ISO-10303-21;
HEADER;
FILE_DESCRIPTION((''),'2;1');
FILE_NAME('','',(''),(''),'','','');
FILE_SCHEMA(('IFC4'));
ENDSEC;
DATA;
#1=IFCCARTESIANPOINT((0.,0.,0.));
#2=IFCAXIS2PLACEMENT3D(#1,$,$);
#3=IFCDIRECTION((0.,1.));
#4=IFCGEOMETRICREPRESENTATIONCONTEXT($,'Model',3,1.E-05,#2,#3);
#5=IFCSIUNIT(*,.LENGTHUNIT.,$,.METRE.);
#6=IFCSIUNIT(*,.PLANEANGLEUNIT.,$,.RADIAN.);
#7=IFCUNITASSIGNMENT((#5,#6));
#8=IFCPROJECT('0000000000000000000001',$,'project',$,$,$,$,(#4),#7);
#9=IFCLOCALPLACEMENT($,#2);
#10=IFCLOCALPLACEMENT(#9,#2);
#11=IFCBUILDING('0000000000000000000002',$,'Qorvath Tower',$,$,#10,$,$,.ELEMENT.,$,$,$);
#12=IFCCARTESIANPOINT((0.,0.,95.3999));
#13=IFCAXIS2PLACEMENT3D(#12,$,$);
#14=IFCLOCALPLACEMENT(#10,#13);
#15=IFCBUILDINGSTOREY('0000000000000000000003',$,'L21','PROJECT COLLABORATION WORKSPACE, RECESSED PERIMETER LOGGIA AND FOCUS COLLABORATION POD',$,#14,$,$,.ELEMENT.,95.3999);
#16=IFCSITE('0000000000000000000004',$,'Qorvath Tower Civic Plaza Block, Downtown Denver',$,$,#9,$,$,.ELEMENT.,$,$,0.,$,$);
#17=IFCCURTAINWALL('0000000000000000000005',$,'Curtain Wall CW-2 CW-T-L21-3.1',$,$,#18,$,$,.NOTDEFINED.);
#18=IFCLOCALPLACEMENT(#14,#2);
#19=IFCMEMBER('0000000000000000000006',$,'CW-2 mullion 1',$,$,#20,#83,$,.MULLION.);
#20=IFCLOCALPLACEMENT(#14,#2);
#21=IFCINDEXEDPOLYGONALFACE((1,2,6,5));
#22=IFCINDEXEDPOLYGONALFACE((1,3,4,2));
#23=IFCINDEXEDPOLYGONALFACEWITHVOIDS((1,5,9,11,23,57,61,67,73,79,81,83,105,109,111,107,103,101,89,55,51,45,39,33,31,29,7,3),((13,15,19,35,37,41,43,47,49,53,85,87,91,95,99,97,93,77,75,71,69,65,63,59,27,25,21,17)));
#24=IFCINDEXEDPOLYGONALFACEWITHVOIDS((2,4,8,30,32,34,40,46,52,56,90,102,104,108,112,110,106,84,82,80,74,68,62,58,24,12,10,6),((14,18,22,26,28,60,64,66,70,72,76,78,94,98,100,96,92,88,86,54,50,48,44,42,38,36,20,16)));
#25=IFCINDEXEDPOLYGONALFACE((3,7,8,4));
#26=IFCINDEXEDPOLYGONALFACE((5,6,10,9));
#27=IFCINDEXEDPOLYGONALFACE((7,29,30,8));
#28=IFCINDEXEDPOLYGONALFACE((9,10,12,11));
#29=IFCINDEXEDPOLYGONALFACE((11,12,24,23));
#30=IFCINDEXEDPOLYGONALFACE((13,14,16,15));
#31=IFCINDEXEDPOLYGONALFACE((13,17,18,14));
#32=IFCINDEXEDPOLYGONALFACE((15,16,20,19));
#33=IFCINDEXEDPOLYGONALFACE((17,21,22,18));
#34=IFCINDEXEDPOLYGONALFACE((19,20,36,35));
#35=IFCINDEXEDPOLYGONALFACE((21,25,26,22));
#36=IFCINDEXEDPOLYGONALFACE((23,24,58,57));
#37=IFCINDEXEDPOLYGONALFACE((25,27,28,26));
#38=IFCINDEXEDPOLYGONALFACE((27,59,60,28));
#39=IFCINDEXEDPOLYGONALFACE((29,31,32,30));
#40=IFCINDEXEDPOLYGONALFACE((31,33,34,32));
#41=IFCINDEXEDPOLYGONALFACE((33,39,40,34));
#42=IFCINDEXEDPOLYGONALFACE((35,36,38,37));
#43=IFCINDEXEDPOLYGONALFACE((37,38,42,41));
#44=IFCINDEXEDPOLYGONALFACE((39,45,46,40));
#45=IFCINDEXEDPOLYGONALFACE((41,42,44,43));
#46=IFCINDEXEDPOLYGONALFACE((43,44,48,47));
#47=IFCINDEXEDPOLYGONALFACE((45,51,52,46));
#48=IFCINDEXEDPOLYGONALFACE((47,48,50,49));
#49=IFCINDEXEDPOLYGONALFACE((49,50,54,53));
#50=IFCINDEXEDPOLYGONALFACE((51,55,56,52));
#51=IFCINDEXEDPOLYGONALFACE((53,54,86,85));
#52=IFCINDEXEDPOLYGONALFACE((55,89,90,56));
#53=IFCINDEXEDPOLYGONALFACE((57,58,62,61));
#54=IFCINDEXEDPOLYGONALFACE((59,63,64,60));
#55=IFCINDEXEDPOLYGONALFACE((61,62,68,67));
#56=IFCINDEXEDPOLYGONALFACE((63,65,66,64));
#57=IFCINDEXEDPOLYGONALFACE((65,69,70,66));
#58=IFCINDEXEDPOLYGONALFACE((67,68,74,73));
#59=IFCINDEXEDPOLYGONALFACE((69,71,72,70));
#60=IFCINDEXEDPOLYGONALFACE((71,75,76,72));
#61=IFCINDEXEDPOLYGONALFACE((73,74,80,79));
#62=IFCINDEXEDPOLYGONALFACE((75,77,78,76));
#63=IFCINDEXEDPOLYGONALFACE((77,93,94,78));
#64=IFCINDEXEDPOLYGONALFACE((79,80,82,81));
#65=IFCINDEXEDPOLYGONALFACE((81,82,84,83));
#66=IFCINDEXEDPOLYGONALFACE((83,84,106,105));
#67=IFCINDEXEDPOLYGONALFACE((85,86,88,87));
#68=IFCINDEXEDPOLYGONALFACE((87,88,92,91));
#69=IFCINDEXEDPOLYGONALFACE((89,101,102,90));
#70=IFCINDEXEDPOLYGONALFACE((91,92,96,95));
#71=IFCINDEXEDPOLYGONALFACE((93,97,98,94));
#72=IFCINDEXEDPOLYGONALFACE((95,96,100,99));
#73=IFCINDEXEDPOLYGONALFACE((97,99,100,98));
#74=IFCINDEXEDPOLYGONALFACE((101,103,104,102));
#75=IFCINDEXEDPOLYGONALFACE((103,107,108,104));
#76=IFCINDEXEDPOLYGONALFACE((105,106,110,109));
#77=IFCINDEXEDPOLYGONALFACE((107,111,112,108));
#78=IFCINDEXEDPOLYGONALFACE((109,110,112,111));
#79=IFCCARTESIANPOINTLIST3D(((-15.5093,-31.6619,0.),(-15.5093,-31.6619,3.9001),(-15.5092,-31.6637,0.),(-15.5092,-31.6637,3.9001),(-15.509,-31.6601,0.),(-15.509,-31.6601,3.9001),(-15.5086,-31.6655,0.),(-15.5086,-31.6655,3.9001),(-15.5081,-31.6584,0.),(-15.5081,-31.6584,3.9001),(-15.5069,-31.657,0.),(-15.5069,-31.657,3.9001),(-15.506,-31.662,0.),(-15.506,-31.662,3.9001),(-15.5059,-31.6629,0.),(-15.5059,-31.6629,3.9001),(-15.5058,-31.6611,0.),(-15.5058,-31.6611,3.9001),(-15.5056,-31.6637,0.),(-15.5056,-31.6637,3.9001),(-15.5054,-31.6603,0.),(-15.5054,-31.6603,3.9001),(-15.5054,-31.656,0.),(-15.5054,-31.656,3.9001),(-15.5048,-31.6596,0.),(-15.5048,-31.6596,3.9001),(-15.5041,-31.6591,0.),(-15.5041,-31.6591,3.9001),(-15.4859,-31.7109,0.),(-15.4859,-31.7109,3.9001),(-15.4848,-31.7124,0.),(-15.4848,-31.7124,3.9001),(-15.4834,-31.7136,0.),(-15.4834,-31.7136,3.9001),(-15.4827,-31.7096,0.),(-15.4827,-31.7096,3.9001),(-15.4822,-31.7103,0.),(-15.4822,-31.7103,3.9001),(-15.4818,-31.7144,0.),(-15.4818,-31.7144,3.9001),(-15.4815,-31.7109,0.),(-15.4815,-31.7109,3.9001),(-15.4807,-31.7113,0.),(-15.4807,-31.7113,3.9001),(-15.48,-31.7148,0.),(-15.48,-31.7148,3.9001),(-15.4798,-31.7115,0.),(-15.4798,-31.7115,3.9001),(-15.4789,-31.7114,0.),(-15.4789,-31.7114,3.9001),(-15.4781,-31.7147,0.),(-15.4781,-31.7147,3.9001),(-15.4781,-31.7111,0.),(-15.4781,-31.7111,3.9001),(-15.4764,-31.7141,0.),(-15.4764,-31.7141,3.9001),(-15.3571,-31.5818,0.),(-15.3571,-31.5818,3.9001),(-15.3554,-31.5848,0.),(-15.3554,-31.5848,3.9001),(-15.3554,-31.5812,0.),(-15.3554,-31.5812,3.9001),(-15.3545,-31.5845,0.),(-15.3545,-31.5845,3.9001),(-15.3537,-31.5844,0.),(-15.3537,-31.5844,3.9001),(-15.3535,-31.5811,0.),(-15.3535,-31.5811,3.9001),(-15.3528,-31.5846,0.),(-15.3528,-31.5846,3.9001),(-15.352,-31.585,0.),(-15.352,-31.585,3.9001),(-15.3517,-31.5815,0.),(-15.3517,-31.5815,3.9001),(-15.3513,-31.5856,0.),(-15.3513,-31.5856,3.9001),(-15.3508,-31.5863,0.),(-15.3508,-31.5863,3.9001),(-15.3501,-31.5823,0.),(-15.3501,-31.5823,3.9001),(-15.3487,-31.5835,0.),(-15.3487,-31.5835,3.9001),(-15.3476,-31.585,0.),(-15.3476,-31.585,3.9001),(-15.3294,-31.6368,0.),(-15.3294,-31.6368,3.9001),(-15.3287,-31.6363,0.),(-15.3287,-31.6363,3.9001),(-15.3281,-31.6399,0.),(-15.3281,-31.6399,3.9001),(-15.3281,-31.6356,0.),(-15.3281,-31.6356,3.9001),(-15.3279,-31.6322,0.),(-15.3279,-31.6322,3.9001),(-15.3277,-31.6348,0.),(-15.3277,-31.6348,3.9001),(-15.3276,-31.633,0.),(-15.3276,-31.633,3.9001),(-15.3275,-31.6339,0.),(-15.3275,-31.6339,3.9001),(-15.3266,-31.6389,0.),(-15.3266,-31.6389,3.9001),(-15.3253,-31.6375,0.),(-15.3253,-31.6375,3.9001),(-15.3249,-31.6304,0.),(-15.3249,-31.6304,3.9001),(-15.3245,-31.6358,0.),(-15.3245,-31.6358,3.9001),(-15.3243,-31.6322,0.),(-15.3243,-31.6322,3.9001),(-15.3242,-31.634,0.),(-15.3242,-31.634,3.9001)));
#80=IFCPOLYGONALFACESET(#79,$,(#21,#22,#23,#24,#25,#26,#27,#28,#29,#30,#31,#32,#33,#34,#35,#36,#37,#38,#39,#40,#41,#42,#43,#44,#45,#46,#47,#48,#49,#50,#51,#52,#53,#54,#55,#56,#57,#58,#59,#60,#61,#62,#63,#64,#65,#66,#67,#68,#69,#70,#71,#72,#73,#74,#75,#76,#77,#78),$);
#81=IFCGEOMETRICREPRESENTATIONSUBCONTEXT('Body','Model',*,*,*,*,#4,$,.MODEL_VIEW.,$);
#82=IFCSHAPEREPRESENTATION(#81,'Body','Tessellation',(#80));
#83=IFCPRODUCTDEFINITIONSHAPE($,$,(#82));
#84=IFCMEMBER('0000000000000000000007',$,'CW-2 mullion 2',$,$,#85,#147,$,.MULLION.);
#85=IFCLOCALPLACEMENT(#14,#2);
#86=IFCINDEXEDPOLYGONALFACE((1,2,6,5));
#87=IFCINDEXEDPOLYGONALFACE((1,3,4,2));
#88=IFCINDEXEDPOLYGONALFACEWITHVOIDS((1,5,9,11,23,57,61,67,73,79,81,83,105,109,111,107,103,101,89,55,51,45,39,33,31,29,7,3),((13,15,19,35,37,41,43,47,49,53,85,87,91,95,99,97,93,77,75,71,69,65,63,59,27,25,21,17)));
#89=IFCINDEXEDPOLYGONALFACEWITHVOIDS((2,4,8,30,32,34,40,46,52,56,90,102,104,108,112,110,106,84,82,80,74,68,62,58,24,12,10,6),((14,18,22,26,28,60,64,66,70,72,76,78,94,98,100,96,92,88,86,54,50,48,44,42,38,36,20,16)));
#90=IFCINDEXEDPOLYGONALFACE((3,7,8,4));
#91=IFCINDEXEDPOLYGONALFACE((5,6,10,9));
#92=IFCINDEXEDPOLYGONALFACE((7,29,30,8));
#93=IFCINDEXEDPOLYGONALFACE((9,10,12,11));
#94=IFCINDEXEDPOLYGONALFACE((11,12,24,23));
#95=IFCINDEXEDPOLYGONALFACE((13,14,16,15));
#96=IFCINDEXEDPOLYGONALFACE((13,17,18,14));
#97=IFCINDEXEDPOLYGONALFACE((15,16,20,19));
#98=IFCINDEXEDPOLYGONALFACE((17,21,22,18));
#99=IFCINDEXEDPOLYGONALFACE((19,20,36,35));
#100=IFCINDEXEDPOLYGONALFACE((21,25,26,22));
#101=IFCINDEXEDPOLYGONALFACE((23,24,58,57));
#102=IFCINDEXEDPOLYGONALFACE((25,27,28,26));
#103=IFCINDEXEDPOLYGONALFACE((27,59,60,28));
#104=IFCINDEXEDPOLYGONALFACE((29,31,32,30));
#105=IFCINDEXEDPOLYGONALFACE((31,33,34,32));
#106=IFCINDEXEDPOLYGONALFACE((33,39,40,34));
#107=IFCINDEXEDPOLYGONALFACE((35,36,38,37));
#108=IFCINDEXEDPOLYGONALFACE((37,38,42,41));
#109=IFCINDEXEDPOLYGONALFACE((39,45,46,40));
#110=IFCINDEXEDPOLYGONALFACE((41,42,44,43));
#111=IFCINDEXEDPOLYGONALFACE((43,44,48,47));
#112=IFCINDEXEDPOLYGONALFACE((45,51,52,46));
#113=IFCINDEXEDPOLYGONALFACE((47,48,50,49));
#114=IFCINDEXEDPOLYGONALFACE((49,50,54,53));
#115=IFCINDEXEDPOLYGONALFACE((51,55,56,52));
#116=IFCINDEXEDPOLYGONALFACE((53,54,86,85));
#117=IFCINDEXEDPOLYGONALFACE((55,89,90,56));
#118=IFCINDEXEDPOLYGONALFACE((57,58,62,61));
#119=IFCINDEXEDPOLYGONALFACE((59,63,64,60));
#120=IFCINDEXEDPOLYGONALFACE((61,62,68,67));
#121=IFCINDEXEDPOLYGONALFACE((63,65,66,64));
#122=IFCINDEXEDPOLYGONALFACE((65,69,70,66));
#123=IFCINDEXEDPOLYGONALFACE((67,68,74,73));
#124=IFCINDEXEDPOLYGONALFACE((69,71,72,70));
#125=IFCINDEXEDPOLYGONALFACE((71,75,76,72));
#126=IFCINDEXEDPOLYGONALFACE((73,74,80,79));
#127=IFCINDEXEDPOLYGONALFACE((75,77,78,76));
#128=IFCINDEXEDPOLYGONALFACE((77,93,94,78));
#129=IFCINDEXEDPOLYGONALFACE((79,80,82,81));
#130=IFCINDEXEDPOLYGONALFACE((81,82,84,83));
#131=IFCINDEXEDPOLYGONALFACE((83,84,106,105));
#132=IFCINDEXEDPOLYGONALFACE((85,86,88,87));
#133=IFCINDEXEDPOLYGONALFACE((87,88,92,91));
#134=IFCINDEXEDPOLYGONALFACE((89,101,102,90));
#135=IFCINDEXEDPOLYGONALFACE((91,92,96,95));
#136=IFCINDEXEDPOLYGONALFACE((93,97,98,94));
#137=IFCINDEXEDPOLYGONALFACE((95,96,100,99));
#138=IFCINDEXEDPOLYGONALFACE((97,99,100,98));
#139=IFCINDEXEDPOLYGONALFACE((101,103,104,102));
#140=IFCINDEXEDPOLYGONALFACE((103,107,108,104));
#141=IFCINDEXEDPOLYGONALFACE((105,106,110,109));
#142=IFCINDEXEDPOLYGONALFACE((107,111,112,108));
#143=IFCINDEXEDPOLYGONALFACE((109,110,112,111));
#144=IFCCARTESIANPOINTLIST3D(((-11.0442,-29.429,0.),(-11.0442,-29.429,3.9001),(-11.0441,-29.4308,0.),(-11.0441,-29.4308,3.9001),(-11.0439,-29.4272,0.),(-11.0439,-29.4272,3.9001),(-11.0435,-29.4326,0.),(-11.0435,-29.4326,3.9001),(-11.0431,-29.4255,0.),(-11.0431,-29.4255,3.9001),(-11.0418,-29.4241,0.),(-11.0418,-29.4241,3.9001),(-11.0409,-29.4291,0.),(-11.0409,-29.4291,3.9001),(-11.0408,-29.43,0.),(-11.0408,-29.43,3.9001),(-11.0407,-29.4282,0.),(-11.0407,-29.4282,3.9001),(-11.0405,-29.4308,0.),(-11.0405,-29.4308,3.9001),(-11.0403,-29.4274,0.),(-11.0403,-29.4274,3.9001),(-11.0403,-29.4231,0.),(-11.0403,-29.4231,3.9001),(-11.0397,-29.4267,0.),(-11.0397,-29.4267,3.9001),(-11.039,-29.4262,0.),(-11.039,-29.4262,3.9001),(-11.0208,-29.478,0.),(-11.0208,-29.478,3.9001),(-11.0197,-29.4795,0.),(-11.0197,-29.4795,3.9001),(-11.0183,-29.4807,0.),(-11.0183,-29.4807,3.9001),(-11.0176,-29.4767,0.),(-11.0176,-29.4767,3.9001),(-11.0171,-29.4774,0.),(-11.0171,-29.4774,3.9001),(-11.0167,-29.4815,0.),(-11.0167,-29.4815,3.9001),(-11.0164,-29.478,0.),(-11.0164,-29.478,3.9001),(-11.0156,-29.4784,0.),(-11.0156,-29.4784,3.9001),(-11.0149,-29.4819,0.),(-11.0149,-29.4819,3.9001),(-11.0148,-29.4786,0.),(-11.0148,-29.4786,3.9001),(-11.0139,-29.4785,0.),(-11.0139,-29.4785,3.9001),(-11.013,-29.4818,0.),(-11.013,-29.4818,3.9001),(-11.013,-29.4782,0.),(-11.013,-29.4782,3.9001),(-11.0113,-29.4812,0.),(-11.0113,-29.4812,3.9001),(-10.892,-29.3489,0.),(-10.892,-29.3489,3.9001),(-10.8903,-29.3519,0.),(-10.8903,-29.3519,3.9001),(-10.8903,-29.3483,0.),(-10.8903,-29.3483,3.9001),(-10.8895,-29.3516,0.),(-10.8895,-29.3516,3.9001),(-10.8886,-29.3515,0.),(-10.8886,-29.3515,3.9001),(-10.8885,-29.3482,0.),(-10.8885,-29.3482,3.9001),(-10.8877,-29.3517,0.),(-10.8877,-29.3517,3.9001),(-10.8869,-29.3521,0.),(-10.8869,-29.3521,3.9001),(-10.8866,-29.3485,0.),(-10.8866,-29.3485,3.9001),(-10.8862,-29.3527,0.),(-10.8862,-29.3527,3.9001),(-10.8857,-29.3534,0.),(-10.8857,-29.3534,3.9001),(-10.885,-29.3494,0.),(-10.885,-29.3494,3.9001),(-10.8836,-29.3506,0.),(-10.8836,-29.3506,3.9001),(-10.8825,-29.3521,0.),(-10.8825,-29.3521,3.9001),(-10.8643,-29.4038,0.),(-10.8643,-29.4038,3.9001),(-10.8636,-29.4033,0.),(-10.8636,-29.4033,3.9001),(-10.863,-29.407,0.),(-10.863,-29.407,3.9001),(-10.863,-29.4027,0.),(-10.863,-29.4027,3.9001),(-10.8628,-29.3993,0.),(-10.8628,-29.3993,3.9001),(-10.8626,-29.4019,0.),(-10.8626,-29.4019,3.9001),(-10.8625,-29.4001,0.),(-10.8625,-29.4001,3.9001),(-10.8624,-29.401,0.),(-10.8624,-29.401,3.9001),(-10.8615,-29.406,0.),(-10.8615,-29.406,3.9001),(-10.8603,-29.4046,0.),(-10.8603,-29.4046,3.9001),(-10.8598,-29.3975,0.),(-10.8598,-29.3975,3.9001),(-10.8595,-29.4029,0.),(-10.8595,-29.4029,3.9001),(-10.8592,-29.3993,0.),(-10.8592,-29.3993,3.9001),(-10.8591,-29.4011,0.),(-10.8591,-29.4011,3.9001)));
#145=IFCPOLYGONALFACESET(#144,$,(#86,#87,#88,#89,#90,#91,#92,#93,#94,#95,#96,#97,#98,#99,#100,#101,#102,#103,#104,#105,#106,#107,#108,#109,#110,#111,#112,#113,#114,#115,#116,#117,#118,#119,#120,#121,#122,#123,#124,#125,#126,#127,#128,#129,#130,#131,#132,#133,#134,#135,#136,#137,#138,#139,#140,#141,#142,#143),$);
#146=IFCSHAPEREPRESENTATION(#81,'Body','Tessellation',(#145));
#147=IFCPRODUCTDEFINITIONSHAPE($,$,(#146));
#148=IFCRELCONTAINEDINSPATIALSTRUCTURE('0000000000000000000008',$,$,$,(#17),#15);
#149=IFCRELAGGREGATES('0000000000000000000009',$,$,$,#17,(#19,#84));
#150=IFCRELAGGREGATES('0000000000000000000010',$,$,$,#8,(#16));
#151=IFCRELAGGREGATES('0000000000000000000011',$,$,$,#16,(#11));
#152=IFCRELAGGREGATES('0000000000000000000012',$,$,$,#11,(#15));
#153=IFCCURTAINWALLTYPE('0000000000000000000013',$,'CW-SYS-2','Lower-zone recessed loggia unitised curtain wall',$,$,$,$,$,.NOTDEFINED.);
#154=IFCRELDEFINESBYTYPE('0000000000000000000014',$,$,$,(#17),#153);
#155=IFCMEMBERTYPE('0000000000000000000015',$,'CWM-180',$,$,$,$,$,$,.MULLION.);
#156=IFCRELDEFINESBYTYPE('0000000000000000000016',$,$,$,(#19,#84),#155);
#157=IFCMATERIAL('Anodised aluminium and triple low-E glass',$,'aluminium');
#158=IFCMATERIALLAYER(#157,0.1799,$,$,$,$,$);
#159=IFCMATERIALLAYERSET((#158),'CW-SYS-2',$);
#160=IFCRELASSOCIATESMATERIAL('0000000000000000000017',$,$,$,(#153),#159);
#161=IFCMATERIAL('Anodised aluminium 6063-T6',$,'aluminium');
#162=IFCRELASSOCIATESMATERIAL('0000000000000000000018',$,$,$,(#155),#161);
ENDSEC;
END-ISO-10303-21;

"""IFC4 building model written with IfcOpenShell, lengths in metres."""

from ifc_helpers import new_model, si_unit, direction, frame, origin, origin_2d, place, context, subcontext, project, spatial, hollow_rectangle, extrude, material, layer, layer_set, material_profile, profile_set, type_object, element, aggregate, save


model = new_model("IFC4")

# Units and contexts
model_context = context("Model", 3, precision=1e-05, world=origin(), true_north=direction((0.0, 1.0)))
body_context = subcontext(model_context, "Body", "Model", "MODEL_VIEW")
ifc_project = project(units=[si_unit("LENGTHUNIT", "METRE"), si_unit("PLANEANGLEUNIT", "RADIAN")], contexts=[model_context])

# Site, building, storey
site_placement = place(None, origin())
site = spatial("IfcSite", under=ifc_project, at=site_placement, Name="Qorvath Tower Civic Plaza Block, Downtown Denver", CompositionType="ELEMENT", RefElevation=0.0)
building_placement = place(site_placement, origin())
building = spatial("IfcBuilding", under=site, at=building_placement, Name="Qorvath Tower", CompositionType="ELEMENT")
storey_placement = place(building_placement, frame((0.0, 0.0, 95.3999)))
storey = spatial("IfcBuildingStorey", under=building, at=storey_placement, Name="L21", Description="PROJECT COLLABORATION WORKSPACE, RECESSED PERIMETER LOGGIA AND FOCUS COLLABORATION POD", CompositionType="ELEMENT", Elevation=95.3999)

# Shared definitions
ifc_material_1 = material(Name="Anodised aluminium and triple low-E glass", Category="aluminium")
ifc_layer_1 = layer(ifc_material_1, 0.1799)
ifc_layer_set_1 = layer_set([ifc_layer_1], Name="CW-SYS-2")
curtain_wall_type = type_object("IfcCurtainWallType", Name="CW-SYS-2", Description="Lower-zone recessed loggia unitised curtain wall", PredefinedType="NOTDEFINED", material=ifc_layer_set_1)
ifc_material_2 = material(Name="Anodised aluminium 6063-T6", Category="aluminium")
ifc_material_profile_1 = material_profile(ifc_material_2, hollow_rectangle(XDim=0.0649, YDim=0.1799, WallThickness=0.0034, InnerFilletRadius=0.0034, OuterFilletRadius=0.0071, at=origin_2d()), Name="CWM 180x65")
ifc_profile_set_1 = profile_set([ifc_material_profile_1], Name="Anodised aluminium 6063-T6")
member_type_1 = type_object("IfcMemberType", Name="CWM-180", PredefinedType="MULLION", material=ifc_profile_set_1)

# Curtain wall, members
curtain_wall_1_placement = place(storey_placement, origin())
curtain_wall_1 = element("IfcCurtainWall", 1, at=curtain_wall_1_placement, inside=storey, type_object=curtain_wall_type, Name="Curtain Wall CW-2 CW-T-L21-3.1", PredefinedType="NOTDEFINED")
member_1_placement = place(storey_placement, frame((-15.4167, -31.6479, 0.0), z_axis=(0.0, 0.0, 1.0), x_axis=(-0.447245, 0.894411, 0.0)))
member_1 = element("IfcMember", 2, at=member_1_placement, type_object=member_type_1, Name="CW-2 mullion 1", PredefinedType="MULLION", context=body_context, shape_type="SweptSolid", body=[
    extrude(hollow_rectangle(XDim=0.0649, YDim=0.1799, WallThickness=0.0034, InnerFilletRadius=0.0034, OuterFilletRadius=0.0071, at=origin_2d()), origin(), (0.0, 0.0, 1.0), 3.9001),
])
member_2_placement = place(storey_placement, frame((-10.9517, -29.415, 0.0), z_axis=(0.0, 0.0, 1.0), x_axis=(-0.447245, 0.894411, 0.0)))
member_2 = element("IfcMember", 3, at=member_2_placement, type_object=member_type_1, Name="CW-2 mullion 2", PredefinedType="MULLION", context=body_context, shape_type="SweptSolid", body=[
    extrude(hollow_rectangle(XDim=0.0649, YDim=0.1799, WallThickness=0.0034, InnerFilletRadius=0.0034, OuterFilletRadius=0.0071, at=origin_2d()), origin(), (0.0, 0.0, 1.0), 3.9001),
])

aggregate(curtain_wall_1, [member_1, member_2])

save(model, "model.ifc")
